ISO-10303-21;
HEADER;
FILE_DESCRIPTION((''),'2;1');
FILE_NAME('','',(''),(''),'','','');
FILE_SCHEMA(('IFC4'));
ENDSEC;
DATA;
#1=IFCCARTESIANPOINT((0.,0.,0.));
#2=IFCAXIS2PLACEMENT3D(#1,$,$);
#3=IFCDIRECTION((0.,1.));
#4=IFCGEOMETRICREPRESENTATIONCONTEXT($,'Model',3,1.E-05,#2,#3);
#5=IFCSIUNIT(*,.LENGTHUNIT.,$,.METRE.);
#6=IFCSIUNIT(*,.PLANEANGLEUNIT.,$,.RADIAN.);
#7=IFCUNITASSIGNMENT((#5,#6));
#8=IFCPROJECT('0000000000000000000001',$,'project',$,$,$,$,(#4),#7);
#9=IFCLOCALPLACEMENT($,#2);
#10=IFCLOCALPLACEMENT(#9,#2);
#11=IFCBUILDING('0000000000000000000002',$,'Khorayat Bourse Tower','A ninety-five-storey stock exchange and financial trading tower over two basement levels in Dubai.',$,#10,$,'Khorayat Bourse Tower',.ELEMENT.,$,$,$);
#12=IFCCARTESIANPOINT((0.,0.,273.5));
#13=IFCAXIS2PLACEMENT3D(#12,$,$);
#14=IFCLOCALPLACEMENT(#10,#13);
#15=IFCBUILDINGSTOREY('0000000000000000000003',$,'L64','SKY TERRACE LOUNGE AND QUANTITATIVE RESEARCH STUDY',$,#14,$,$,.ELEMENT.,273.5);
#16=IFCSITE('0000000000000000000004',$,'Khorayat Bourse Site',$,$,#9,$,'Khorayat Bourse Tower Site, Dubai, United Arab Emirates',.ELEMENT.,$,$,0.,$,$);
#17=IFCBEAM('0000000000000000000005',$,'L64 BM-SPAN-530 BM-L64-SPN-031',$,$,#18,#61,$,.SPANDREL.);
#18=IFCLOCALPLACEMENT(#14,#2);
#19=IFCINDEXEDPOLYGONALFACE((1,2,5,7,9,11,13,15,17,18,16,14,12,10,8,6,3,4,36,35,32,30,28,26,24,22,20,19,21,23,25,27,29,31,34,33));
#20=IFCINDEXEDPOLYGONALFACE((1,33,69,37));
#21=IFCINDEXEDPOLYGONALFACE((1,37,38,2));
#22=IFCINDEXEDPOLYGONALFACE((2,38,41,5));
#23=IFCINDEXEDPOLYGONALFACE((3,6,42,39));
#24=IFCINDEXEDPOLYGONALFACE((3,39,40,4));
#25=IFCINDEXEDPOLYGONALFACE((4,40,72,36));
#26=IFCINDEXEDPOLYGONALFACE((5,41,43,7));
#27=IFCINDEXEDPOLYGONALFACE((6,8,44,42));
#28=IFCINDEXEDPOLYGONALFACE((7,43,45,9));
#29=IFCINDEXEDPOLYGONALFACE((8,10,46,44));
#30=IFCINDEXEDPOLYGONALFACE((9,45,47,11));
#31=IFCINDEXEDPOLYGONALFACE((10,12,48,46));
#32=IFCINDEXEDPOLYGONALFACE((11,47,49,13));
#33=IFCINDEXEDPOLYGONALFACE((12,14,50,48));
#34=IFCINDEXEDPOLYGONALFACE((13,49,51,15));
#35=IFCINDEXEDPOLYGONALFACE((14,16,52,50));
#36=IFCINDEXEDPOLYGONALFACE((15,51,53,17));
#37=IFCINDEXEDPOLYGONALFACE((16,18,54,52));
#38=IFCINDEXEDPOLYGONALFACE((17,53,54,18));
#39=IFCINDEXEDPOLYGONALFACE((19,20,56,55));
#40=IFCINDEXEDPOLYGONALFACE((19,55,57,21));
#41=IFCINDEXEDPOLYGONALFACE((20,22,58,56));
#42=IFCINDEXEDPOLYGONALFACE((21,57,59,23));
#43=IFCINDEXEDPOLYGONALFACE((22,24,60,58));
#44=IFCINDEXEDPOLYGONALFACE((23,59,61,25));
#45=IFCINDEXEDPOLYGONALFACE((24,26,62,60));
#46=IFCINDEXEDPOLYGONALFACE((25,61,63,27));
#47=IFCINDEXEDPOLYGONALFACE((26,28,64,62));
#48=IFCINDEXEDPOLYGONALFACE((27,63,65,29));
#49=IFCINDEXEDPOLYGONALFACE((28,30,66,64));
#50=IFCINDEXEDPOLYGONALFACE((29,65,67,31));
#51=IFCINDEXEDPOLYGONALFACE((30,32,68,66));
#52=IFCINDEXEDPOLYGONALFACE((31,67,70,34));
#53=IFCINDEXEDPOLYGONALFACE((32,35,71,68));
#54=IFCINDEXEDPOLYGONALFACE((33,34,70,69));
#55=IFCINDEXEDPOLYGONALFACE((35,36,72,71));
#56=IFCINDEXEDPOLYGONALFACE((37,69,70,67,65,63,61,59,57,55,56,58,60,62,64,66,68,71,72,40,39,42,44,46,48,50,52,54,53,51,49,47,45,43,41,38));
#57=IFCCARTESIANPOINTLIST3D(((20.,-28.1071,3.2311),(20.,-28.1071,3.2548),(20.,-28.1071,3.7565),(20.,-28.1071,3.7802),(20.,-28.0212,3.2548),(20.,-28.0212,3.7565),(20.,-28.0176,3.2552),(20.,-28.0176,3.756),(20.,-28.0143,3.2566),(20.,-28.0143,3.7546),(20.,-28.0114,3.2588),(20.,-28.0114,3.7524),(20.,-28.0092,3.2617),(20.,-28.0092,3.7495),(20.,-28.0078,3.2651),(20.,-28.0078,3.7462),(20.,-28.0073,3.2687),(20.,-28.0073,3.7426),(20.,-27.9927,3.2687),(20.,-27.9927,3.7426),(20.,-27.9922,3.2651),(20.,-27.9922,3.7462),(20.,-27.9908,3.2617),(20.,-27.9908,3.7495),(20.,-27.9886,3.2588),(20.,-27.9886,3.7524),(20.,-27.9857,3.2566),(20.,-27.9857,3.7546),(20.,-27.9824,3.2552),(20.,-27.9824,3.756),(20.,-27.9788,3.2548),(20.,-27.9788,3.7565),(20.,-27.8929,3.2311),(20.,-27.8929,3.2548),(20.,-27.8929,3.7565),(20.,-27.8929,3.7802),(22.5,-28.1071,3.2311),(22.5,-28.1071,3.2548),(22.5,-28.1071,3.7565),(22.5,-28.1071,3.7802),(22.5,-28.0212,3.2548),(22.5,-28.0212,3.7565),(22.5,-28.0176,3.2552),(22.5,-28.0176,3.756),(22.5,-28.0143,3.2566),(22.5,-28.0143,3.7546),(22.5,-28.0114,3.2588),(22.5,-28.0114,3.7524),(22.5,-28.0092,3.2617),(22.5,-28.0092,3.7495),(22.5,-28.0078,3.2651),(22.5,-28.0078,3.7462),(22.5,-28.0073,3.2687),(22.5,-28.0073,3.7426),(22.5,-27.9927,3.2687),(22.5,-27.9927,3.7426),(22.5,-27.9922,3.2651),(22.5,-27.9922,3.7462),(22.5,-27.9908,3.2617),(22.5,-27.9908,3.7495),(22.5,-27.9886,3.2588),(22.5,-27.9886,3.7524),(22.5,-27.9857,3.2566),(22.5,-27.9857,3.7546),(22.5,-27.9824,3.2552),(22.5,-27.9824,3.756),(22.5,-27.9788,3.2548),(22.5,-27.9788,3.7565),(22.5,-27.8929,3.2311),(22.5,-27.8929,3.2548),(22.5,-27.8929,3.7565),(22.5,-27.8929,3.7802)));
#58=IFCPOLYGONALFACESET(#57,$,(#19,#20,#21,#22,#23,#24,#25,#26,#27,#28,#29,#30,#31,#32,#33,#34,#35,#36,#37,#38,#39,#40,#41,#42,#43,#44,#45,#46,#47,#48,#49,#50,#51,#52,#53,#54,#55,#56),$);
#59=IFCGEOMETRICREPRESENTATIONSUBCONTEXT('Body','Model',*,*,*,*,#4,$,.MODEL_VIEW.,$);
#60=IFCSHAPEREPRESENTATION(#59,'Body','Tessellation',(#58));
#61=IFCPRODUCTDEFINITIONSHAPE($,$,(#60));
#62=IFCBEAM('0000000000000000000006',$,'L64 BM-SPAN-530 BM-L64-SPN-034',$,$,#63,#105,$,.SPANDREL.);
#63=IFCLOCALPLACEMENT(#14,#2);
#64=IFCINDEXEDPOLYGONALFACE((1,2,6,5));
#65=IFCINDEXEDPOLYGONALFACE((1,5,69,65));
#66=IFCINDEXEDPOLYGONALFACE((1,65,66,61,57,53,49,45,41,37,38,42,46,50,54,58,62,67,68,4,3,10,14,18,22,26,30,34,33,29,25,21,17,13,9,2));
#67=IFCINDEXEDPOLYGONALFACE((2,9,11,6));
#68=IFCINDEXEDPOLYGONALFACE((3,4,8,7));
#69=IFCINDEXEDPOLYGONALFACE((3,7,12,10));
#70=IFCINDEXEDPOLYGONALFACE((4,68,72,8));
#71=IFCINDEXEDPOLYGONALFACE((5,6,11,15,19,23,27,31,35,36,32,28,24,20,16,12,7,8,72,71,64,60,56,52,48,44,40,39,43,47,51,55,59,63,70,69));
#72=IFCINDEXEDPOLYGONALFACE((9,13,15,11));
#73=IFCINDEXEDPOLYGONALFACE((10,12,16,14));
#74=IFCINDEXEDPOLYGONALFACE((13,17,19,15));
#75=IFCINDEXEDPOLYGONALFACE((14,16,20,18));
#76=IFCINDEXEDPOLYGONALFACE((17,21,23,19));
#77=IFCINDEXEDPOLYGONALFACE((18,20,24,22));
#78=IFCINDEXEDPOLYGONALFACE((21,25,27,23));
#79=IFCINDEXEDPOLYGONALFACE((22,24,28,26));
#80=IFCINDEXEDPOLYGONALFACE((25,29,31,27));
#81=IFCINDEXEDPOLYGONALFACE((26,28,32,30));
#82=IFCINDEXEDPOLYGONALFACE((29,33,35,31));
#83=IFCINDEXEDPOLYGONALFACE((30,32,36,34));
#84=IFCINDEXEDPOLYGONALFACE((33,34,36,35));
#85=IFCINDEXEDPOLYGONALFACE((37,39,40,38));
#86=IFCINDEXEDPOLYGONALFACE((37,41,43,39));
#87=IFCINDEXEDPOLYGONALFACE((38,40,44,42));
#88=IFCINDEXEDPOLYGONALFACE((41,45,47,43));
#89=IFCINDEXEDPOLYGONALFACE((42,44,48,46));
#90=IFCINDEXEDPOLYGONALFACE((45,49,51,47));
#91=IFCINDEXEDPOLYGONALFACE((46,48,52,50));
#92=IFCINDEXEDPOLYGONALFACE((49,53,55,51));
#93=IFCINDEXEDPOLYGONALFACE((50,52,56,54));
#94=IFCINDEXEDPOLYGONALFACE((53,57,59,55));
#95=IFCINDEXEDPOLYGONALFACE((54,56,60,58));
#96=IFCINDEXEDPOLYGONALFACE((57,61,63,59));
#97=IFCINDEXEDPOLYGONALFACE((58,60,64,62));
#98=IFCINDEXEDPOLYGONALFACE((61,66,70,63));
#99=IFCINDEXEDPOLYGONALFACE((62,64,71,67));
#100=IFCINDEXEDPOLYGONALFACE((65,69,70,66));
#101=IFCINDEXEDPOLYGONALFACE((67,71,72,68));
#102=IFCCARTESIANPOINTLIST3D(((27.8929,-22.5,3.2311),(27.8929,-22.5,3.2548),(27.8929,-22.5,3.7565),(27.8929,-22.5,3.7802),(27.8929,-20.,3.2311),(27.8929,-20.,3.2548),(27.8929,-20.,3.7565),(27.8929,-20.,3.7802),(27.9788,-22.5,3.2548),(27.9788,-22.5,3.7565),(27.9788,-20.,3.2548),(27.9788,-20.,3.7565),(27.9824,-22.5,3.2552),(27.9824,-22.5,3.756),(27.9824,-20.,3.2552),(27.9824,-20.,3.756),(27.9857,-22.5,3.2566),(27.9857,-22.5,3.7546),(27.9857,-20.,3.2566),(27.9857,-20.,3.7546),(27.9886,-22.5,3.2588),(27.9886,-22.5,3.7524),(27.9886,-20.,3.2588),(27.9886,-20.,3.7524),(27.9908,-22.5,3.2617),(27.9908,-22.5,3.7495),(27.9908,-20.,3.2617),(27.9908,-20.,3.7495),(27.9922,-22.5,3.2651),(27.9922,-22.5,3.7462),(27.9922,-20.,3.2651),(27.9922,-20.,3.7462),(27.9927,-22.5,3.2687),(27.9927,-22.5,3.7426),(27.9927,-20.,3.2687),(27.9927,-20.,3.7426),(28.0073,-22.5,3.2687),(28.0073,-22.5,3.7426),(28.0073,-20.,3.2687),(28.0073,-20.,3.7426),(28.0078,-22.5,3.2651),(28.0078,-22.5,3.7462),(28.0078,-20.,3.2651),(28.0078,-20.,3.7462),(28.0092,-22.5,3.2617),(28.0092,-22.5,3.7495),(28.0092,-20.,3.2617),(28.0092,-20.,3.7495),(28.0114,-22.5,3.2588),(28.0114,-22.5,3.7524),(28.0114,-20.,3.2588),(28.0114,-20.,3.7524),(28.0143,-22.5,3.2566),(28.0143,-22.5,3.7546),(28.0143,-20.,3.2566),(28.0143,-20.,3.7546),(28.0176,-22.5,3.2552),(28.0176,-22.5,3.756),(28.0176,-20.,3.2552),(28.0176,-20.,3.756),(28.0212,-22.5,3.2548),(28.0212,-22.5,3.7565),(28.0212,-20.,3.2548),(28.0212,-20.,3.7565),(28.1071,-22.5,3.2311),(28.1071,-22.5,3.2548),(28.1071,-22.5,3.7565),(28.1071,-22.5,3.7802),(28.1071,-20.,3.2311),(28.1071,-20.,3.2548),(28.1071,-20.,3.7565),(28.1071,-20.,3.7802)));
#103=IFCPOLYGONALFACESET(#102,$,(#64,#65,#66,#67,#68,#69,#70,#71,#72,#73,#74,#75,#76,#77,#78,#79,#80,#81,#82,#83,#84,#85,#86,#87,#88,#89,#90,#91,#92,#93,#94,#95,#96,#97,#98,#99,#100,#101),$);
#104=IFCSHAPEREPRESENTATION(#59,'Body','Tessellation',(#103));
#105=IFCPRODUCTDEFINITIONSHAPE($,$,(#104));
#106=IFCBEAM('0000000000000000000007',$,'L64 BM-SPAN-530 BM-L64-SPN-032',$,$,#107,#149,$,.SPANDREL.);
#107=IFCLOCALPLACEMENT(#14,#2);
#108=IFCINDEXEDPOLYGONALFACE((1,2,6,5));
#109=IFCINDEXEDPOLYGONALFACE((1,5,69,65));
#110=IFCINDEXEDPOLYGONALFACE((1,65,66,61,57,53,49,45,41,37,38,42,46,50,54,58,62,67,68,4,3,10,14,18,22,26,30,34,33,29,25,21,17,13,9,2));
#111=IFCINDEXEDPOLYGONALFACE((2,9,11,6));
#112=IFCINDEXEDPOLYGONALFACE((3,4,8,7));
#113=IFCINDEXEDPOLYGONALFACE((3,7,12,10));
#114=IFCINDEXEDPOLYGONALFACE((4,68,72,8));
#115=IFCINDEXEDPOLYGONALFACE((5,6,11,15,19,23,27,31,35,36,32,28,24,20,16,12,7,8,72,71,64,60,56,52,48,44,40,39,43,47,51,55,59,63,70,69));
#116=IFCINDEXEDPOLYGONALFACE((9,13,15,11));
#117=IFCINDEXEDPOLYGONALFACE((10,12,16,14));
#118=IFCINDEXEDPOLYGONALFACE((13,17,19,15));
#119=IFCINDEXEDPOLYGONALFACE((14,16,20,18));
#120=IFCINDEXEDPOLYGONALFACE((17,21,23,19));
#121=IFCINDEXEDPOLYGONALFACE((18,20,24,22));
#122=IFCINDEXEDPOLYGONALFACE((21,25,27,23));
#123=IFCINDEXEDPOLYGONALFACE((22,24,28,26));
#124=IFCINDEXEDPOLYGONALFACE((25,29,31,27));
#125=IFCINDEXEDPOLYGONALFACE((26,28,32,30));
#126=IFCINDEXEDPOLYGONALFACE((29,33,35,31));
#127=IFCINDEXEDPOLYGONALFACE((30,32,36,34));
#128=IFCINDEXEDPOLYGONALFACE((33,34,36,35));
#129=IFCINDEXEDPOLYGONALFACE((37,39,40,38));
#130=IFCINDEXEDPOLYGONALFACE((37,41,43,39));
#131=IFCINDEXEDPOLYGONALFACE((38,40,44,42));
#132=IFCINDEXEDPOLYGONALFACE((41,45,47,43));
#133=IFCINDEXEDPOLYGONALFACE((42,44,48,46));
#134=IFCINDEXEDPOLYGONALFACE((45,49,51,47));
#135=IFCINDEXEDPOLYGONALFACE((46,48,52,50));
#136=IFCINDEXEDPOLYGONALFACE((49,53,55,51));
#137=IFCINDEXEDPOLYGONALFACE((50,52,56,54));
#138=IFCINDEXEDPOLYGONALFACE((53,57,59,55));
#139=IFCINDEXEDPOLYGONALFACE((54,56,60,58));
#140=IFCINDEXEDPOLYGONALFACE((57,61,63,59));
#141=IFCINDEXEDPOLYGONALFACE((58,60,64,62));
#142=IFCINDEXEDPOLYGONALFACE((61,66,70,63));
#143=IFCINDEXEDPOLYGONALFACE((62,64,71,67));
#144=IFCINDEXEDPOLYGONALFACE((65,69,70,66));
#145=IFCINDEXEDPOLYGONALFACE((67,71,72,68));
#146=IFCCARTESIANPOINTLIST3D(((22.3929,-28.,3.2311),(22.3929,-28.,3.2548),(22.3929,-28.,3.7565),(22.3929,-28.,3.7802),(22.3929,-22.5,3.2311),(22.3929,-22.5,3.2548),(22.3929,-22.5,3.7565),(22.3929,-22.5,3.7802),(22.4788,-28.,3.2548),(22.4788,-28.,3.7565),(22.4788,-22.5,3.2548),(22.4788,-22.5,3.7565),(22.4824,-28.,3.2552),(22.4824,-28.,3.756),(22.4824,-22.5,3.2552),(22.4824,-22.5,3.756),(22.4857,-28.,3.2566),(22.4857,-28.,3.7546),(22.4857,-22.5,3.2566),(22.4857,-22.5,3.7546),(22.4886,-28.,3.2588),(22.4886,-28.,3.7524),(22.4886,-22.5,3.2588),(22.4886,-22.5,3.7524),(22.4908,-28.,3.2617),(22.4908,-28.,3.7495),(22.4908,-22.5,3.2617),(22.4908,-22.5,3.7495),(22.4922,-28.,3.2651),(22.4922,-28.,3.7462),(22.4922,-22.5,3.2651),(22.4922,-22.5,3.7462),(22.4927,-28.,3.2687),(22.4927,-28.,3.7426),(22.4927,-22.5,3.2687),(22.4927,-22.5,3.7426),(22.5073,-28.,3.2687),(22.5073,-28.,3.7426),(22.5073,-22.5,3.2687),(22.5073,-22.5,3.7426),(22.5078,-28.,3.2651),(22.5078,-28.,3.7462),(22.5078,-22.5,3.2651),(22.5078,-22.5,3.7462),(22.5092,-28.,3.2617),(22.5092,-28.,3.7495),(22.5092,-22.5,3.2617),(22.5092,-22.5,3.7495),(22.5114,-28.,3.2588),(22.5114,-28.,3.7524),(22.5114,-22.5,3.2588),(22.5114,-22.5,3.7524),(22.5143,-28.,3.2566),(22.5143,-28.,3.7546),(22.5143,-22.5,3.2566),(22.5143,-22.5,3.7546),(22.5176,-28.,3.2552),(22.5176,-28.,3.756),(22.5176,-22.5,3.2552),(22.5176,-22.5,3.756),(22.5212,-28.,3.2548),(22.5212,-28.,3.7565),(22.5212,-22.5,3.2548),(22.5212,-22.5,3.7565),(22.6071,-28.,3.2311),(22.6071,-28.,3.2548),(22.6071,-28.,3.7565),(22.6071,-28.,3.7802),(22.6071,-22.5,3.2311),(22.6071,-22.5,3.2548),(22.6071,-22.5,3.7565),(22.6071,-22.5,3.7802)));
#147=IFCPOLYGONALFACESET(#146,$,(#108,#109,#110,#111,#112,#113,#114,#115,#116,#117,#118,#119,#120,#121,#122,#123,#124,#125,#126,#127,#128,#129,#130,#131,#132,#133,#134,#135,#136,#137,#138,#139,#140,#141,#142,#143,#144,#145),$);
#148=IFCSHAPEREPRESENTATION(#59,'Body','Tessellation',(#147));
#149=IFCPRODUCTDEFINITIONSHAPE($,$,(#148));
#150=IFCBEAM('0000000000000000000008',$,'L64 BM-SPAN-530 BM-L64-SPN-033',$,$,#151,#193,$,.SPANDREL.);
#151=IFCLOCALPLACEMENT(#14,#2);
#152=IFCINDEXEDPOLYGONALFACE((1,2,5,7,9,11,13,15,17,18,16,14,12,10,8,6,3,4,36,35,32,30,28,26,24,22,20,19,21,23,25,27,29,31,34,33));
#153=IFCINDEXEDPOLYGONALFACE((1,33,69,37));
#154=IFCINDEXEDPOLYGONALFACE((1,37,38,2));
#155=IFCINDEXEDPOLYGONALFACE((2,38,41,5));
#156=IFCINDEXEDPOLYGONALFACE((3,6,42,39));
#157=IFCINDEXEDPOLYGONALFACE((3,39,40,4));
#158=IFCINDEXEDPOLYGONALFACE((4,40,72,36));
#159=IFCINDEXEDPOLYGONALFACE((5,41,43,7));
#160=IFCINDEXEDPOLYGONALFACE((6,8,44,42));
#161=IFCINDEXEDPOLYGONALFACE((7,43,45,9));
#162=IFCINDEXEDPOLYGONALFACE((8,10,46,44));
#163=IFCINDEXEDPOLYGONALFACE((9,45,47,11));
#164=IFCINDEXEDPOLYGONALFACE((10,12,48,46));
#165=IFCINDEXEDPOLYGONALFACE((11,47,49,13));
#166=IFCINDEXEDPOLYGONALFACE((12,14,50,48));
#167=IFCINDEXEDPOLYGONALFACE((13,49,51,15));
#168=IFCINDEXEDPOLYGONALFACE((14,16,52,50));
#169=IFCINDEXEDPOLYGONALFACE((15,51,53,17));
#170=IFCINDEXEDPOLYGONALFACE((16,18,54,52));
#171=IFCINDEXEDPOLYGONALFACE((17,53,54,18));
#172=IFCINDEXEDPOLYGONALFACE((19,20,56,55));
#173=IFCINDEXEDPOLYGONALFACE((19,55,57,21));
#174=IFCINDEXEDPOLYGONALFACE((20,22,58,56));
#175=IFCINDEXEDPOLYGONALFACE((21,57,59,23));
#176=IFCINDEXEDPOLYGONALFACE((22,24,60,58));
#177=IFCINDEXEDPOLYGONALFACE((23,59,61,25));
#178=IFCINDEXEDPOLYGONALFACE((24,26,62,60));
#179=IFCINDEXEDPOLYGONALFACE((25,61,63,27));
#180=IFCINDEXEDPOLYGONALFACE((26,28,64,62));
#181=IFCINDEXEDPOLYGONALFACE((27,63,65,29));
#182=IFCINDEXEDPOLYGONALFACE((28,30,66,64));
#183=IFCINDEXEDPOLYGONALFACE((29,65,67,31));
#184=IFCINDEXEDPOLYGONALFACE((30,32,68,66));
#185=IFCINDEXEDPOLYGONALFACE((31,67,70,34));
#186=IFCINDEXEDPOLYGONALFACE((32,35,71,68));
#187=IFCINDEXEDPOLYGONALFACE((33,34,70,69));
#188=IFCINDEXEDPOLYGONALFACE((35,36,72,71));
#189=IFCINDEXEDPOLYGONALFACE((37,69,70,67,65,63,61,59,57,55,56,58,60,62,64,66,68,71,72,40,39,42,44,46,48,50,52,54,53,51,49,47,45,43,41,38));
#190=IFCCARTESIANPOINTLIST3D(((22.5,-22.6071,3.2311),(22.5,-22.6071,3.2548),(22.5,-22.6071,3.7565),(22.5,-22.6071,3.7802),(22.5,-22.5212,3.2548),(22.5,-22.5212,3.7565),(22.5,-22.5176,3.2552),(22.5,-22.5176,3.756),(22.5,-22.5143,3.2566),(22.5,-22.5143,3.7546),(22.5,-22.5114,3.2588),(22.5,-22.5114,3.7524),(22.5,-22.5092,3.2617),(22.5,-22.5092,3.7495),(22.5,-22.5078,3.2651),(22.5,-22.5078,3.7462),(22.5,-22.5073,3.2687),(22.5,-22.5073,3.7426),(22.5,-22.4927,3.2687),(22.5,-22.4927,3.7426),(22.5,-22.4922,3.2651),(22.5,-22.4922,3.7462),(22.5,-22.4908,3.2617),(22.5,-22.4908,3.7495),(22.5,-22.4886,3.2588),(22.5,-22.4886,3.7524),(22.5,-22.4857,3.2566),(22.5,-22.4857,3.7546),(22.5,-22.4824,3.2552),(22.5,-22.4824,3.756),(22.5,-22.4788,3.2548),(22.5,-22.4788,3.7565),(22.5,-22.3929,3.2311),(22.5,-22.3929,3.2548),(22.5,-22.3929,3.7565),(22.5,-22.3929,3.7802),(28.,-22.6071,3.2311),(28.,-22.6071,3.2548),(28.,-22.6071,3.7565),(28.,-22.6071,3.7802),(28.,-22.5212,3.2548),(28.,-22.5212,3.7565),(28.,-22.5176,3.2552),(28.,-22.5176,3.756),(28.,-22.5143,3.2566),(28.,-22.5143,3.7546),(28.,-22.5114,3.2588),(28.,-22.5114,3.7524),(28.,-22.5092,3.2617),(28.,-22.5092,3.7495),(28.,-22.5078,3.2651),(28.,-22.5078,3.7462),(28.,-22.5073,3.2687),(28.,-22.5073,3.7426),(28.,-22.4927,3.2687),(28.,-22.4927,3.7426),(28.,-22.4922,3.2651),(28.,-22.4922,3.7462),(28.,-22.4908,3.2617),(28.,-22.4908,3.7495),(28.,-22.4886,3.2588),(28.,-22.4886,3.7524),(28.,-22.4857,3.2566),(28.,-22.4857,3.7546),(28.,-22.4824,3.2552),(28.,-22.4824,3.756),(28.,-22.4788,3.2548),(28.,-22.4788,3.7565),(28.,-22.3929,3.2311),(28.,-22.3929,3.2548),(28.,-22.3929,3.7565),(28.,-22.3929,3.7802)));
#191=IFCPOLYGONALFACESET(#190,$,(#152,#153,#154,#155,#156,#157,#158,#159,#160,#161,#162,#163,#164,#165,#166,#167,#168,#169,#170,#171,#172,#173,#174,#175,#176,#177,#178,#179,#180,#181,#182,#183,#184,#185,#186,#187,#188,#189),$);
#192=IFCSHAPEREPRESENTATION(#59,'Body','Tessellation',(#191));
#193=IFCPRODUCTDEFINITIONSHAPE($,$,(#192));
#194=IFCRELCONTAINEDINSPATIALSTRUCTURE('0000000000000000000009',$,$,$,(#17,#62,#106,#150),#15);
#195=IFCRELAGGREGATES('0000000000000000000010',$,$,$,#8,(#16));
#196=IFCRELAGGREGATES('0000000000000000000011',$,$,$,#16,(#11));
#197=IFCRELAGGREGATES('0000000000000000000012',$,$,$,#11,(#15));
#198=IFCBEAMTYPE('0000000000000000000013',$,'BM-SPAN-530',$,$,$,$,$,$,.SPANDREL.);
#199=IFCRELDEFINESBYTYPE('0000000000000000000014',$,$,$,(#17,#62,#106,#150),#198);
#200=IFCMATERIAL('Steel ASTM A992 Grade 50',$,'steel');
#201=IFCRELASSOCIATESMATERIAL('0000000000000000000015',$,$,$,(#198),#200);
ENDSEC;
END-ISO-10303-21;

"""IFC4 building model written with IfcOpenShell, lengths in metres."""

from ifc_helpers import new_model, si_unit, direction, frame, origin, origin_2d, place, context, subcontext, project, spatial, i_section, extrude, source, transform, mapped, material, material_profile, profile_set, type_object, element, save


model = new_model("IFC4")

# Units and contexts
model_context = context("Model", 3, precision=1e-05, world=origin(), true_north=direction((0.0, 1.0)))
body_context = subcontext(model_context, "Body", "Model", "MODEL_VIEW")
ifc_project = project(units=[si_unit("LENGTHUNIT", "METRE"), si_unit("PLANEANGLEUNIT", "RADIAN")], contexts=[model_context])

# Site, building, storey
site_placement = place(None, origin())
site = spatial("IfcSite", under=ifc_project, at=site_placement, Name="Khorayat Bourse Site", LongName="Khorayat Bourse Tower Site, Dubai, United Arab Emirates", CompositionType="ELEMENT", RefElevation=0.0)
building_placement = place(site_placement, origin())
building = spatial("IfcBuilding", under=site, at=building_placement, Name="Khorayat Bourse Tower", Description="A ninety-five-storey stock exchange and financial trading tower over two basement levels in Dubai.", LongName="Khorayat Bourse Tower", CompositionType="ELEMENT")
storey_placement = place(building_placement, frame((0.0, 0.0, 273.5)))
storey = spatial("IfcBuildingStorey", under=building, at=storey_placement, Name="L64", Description="SKY TERRACE LOUNGE AND QUANTITATIVE RESEARCH STUDY", CompositionType="ELEMENT", Elevation=273.5)

# Beams
ifc_material_1 = material(Name="Steel ASTM A992 Grade 50", Category="steel")
ifc_material_profile_1 = material_profile(ifc_material_1, i_section(OverallWidth=0.2141, OverallDepth=0.5491, WebThickness=0.0146, FlangeThickness=0.0237, FilletRadius=0.0139, at=origin_2d()), Name="W530X138")
ifc_profile_set_1 = profile_set([ifc_material_profile_1], Name="Steel ASTM A992 Grade 50")
beam_type_1 = type_object("IfcBeamType", Name="BM-SPAN-530", PredefinedType="SPANDREL", material=ifc_profile_set_1)
shared_shape_1 = source(origin(), body_context, "Body", "SweptSolid", [
    extrude(i_section(OverallWidth=0.2141, OverallDepth=0.5491, WebThickness=0.0146, FlangeThickness=0.0237, FilletRadius=0.0139, at=origin_2d()), origin(), (0.0, 0.0, 1.0), 2.5),
])
for number, where, z_axis, x_axis, name in (
    (1, (20.0, -28.0, 3.5056), (1.0, 0.0, 0.0), (0.0, 1.0, 0.0), "L64 BM-SPAN-530 BM-L64-SPN-031"),
    (2, (28.0, -22.5, 3.5056), (0.0, 1.0, 0.0), (-1.0, 0.0, 0.0), "L64 BM-SPAN-530 BM-L64-SPN-034"),
):
    element("IfcBeam", number, at=place(storey_placement, frame(where, z_axis=z_axis, x_axis=x_axis)), inside=storey, type_object=beam_type_1, Name=name, PredefinedType="SPANDREL", context=body_context, shape_type="MappedRepresentation", body=[
        mapped(shared_shape_1, transform((0.0, 0.0, 0.0), scale=1.0)),
    ])
shared_shape_2 = source(origin(), body_context, "Body", "SweptSolid", [
    extrude(i_section(OverallWidth=0.2141, OverallDepth=0.5491, WebThickness=0.0146, FlangeThickness=0.0237, FilletRadius=0.0139, at=origin_2d()), origin(), (0.0, 0.0, 1.0), 5.5),
])
for number, where, z_axis, x_axis, name in (
    (3, (22.5, -28.0, 3.5056), (0.0, 1.0, 0.0), (-1.0, 0.0, 0.0), "L64 BM-SPAN-530 BM-L64-SPN-032"),
    (4, (22.5, -22.5, 3.5056), (1.0, 0.0, 0.0), (0.0, 1.0, 0.0), "L64 BM-SPAN-530 BM-L64-SPN-033"),
):
    element("IfcBeam", number, at=place(storey_placement, frame(where, z_axis=z_axis, x_axis=x_axis)), inside=storey, type_object=beam_type_1, Name=name, PredefinedType="SPANDREL", context=body_context, shape_type="MappedRepresentation", body=[
        mapped(shared_shape_2, transform((0.0, 0.0, 0.0), scale=1.0)),
    ])

save(model, "model.ifc")
